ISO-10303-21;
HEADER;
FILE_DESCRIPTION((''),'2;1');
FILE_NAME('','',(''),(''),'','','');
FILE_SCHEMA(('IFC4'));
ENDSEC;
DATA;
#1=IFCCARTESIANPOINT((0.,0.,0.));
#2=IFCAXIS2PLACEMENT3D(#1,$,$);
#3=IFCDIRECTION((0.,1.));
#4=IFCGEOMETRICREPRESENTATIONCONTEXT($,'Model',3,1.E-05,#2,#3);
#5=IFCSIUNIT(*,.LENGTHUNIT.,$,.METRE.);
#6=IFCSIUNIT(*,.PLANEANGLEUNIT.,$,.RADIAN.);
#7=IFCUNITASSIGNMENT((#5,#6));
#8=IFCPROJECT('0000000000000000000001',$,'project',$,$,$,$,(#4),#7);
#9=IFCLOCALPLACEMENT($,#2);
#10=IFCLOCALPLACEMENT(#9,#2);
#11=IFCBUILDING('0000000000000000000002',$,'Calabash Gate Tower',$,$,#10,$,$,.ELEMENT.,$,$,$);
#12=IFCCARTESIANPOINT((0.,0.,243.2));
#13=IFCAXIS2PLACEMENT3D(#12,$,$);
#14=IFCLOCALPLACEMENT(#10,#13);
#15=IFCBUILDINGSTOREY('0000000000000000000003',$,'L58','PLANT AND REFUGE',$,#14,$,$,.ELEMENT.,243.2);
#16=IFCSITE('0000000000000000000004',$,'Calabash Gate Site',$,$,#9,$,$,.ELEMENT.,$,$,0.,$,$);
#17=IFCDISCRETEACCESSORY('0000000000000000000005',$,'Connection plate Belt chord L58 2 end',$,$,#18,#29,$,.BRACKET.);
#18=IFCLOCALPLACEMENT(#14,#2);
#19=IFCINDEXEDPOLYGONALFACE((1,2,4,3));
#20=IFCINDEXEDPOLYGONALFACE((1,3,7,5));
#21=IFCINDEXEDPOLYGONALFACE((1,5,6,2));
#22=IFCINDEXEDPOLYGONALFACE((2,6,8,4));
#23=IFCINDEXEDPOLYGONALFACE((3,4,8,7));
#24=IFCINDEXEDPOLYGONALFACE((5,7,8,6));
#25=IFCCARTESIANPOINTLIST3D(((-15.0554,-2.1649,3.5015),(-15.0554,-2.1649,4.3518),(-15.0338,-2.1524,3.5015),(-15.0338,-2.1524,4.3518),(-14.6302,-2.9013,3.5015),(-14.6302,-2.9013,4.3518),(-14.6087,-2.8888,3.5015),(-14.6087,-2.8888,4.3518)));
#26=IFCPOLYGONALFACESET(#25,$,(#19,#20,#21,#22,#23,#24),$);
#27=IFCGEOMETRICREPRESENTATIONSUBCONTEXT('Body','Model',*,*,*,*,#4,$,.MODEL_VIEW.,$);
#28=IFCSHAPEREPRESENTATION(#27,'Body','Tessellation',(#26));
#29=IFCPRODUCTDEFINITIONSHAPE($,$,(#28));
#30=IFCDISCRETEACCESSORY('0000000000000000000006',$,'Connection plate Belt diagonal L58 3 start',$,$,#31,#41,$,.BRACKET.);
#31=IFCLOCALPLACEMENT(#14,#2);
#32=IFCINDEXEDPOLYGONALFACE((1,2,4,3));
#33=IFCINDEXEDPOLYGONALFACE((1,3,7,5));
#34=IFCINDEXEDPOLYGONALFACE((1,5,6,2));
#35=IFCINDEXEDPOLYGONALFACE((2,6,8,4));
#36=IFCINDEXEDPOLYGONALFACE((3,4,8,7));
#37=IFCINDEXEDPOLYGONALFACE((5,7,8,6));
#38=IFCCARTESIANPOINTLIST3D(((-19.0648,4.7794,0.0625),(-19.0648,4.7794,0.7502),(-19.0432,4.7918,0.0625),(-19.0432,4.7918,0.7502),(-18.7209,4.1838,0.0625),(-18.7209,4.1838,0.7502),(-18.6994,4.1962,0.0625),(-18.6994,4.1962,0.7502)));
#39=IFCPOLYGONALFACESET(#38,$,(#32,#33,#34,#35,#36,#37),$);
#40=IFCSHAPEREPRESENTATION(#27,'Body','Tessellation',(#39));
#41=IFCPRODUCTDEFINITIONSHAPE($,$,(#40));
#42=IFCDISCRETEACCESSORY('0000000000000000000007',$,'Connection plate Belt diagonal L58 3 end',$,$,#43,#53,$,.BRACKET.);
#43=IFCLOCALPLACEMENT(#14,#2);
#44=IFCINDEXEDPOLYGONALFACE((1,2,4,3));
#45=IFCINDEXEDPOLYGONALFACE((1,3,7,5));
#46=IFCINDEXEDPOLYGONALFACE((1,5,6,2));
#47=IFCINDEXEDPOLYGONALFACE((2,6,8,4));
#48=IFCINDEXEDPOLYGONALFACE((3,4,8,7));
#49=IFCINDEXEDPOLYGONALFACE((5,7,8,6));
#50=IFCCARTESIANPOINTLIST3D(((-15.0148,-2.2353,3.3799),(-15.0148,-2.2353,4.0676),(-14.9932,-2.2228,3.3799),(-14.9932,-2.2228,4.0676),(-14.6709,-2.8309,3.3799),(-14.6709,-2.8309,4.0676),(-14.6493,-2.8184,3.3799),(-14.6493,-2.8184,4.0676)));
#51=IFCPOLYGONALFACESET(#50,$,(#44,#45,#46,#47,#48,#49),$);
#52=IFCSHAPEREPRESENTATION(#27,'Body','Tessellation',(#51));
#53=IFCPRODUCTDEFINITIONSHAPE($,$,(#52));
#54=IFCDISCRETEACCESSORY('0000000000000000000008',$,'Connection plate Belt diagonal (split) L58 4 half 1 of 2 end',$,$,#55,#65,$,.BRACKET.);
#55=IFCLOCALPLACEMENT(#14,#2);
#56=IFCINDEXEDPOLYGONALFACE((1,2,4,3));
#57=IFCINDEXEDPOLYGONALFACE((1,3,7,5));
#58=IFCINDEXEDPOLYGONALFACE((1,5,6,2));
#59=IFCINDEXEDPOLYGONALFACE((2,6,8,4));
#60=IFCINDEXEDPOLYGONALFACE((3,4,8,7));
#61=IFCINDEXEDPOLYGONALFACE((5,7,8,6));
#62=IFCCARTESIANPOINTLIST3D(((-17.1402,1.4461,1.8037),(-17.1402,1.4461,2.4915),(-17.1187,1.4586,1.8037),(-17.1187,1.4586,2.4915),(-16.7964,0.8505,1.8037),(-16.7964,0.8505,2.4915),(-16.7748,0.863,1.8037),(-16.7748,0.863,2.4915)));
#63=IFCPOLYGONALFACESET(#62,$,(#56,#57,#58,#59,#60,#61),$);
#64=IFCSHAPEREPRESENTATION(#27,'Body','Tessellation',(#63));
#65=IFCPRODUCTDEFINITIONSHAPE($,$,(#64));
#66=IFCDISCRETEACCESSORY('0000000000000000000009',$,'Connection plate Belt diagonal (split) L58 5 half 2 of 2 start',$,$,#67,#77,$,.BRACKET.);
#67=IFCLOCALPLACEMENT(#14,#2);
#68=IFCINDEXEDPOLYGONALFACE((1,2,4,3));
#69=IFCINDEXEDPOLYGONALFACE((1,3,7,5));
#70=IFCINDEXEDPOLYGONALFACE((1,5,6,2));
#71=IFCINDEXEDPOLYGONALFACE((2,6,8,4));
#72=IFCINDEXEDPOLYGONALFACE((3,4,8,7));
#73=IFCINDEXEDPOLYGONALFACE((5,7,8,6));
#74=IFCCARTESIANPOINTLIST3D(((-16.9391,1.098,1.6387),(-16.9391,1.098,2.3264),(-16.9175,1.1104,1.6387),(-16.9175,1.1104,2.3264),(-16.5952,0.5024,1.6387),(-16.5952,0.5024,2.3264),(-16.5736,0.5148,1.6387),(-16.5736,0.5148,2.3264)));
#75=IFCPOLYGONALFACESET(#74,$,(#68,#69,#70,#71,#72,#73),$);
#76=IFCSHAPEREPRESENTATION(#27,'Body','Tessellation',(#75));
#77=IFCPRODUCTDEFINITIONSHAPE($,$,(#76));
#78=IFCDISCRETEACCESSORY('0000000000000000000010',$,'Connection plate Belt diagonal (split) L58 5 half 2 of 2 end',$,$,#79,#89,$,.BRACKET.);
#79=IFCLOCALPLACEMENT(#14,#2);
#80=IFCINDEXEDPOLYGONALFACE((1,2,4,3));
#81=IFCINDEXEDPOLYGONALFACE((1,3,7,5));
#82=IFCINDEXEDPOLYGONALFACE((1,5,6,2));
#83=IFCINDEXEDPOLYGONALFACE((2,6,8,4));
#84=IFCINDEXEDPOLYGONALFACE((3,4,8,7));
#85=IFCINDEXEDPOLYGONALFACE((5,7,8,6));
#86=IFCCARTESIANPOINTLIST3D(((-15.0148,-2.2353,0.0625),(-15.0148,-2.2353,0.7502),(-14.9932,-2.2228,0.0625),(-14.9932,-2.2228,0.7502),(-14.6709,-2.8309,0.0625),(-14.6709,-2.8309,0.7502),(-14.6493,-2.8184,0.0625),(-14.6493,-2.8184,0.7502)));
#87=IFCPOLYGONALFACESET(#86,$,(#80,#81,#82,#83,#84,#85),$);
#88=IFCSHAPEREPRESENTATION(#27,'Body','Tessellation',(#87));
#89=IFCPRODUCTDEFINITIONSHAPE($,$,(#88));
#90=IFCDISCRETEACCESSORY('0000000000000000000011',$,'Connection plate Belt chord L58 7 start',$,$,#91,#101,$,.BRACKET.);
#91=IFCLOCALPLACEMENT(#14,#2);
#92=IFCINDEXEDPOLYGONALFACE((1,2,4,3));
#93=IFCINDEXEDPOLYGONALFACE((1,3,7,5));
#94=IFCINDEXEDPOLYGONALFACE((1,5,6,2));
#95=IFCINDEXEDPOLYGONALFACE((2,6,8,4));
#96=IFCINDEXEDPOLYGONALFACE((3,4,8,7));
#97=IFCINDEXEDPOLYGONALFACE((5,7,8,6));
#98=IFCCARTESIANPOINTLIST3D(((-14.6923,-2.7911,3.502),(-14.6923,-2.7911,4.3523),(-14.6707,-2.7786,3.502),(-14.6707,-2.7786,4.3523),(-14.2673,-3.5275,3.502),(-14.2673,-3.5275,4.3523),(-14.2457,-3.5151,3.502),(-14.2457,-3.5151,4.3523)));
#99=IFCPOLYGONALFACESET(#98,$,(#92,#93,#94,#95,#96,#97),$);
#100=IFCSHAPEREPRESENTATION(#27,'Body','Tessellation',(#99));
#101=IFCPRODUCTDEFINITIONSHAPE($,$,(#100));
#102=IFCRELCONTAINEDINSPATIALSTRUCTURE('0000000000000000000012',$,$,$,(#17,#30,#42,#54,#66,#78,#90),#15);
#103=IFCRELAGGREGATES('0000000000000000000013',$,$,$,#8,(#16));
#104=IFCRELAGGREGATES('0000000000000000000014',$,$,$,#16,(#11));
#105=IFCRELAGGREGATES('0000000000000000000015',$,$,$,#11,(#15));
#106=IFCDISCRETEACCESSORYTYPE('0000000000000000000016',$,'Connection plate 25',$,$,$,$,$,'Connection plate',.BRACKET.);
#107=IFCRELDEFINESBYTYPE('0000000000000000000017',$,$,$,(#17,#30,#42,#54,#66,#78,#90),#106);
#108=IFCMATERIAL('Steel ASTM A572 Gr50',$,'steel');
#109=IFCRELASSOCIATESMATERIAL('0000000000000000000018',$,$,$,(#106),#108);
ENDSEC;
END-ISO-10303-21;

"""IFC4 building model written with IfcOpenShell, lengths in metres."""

from ifc_helpers import new_model, si_unit, direction, frame, origin, origin_2d, place, context, subcontext, project, spatial, rectangle, extrude, material, type_object, element, save


model = new_model("IFC4")

# Units and contexts
model_context = context("Model", 3, precision=1e-05, world=origin(), true_north=direction((0.0, 1.0)))
body_context = subcontext(model_context, "Body", "Model", "MODEL_VIEW")
ifc_project = project(units=[si_unit("LENGTHUNIT", "METRE"), si_unit("PLANEANGLEUNIT", "RADIAN")], contexts=[model_context])

# Site, building, storey
site_placement = place(None, origin())
site = spatial("IfcSite", under=ifc_project, at=site_placement, Name="Calabash Gate Site", CompositionType="ELEMENT", RefElevation=0.0)
building_placement = place(site_placement, origin())
building = spatial("IfcBuilding", under=site, at=building_placement, Name="Calabash Gate Tower", CompositionType="ELEMENT")
storey_placement = place(building_placement, frame((0.0, 0.0, 243.2)))
storey = spatial("IfcBuildingStorey", under=building, at=storey_placement, Name="L58", Description="PLANT AND REFUGE", CompositionType="ELEMENT", Elevation=243.2)

# Discrete accessories
ifc_material_1 = material(Name="Steel ASTM A572 Gr50", Category="steel")
discrete_accessory_type = type_object("IfcDiscreteAccessoryType", Name="Connection plate 25", ElementType="Connection plate", PredefinedType="BRACKET", material=ifc_material_1)
for number, where, z_axis, x_axis, name in (
    (1, (-14.832, -2.5269, 3.5015), (0.0, 0.0, 1.0), (0.499977, -0.866039, 0.0), "Connection plate Belt chord L58 2 end"),
):
    element("IfcDiscreteAccessory", number, at=place(storey_placement, frame(where, z_axis=z_axis, x_axis=x_axis)), inside=storey, type_object=discrete_accessory_type, Name=name, PredefinedType="BRACKET", context=body_context, shape_type="SweptSolid", body=[
        extrude(rectangle(XDim=0.8503, YDim=0.0249, at=origin_2d()), origin(), (0.0, 0.0, 1.0), 0.8503),
    ])
for number, where, z_axis, x_axis, name in (
    (2, (-18.8821, 4.4878, 0.0625), (0.0, 0.0, 1.0), (0.5, -0.866025, 0.0), "Connection plate Belt diagonal L58 3 start"),
    (3, (-14.832, -2.5269, 3.3799), (0.0, 0.0, 1.0), (0.5, -0.866025, 0.0), "Connection plate Belt diagonal L58 3 end"),
    (4, (-16.9575, 1.1545, 1.8037), (0.0, 0.0, 1.0), (0.5, -0.866025, 0.0), "Connection plate Belt diagonal (split) L58 4 half 1 of 2 end"),
    (5, (-16.7563, 0.8064, 1.6387), (0.0, 0.0, 1.0), (0.5, -0.866025, 0.0), "Connection plate Belt diagonal (split) L58 5 half 2 of 2 start"),
    (6, (-14.832, -2.5269, 0.0625), (0.0, 0.0, 1.0), (0.5, -0.866025, 0.0), "Connection plate Belt diagonal (split) L58 5 half 2 of 2 end"),
):
    element("IfcDiscreteAccessory", number, at=place(storey_placement, frame(where, z_axis=z_axis, x_axis=x_axis)), inside=storey, type_object=discrete_accessory_type, Name=name, PredefinedType="BRACKET", context=body_context, shape_type="SweptSolid", body=[
        extrude(rectangle(XDim=0.6877, YDim=0.0249, at=origin_2d()), origin(), (0.0, 0.0, 1.0), 0.6877),
    ])
discrete_accessory_placement = place(storey_placement, frame((-14.469, -3.1531, 3.502), z_axis=(0.0, 0.0, 1.0), x_axis=(0.49986, -0.866106, 0.0)))
element("IfcDiscreteAccessory", 7, at=discrete_accessory_placement, inside=storey, type_object=discrete_accessory_type, Name="Connection plate Belt chord L58 7 start", PredefinedType="BRACKET", context=body_context, shape_type="SweptSolid", body=[
    extrude(rectangle(XDim=0.8503, YDim=0.0249, at=origin_2d()), origin(), (0.0, 0.0, 1.0), 0.8503),
])

save(model, "model.ifc")
